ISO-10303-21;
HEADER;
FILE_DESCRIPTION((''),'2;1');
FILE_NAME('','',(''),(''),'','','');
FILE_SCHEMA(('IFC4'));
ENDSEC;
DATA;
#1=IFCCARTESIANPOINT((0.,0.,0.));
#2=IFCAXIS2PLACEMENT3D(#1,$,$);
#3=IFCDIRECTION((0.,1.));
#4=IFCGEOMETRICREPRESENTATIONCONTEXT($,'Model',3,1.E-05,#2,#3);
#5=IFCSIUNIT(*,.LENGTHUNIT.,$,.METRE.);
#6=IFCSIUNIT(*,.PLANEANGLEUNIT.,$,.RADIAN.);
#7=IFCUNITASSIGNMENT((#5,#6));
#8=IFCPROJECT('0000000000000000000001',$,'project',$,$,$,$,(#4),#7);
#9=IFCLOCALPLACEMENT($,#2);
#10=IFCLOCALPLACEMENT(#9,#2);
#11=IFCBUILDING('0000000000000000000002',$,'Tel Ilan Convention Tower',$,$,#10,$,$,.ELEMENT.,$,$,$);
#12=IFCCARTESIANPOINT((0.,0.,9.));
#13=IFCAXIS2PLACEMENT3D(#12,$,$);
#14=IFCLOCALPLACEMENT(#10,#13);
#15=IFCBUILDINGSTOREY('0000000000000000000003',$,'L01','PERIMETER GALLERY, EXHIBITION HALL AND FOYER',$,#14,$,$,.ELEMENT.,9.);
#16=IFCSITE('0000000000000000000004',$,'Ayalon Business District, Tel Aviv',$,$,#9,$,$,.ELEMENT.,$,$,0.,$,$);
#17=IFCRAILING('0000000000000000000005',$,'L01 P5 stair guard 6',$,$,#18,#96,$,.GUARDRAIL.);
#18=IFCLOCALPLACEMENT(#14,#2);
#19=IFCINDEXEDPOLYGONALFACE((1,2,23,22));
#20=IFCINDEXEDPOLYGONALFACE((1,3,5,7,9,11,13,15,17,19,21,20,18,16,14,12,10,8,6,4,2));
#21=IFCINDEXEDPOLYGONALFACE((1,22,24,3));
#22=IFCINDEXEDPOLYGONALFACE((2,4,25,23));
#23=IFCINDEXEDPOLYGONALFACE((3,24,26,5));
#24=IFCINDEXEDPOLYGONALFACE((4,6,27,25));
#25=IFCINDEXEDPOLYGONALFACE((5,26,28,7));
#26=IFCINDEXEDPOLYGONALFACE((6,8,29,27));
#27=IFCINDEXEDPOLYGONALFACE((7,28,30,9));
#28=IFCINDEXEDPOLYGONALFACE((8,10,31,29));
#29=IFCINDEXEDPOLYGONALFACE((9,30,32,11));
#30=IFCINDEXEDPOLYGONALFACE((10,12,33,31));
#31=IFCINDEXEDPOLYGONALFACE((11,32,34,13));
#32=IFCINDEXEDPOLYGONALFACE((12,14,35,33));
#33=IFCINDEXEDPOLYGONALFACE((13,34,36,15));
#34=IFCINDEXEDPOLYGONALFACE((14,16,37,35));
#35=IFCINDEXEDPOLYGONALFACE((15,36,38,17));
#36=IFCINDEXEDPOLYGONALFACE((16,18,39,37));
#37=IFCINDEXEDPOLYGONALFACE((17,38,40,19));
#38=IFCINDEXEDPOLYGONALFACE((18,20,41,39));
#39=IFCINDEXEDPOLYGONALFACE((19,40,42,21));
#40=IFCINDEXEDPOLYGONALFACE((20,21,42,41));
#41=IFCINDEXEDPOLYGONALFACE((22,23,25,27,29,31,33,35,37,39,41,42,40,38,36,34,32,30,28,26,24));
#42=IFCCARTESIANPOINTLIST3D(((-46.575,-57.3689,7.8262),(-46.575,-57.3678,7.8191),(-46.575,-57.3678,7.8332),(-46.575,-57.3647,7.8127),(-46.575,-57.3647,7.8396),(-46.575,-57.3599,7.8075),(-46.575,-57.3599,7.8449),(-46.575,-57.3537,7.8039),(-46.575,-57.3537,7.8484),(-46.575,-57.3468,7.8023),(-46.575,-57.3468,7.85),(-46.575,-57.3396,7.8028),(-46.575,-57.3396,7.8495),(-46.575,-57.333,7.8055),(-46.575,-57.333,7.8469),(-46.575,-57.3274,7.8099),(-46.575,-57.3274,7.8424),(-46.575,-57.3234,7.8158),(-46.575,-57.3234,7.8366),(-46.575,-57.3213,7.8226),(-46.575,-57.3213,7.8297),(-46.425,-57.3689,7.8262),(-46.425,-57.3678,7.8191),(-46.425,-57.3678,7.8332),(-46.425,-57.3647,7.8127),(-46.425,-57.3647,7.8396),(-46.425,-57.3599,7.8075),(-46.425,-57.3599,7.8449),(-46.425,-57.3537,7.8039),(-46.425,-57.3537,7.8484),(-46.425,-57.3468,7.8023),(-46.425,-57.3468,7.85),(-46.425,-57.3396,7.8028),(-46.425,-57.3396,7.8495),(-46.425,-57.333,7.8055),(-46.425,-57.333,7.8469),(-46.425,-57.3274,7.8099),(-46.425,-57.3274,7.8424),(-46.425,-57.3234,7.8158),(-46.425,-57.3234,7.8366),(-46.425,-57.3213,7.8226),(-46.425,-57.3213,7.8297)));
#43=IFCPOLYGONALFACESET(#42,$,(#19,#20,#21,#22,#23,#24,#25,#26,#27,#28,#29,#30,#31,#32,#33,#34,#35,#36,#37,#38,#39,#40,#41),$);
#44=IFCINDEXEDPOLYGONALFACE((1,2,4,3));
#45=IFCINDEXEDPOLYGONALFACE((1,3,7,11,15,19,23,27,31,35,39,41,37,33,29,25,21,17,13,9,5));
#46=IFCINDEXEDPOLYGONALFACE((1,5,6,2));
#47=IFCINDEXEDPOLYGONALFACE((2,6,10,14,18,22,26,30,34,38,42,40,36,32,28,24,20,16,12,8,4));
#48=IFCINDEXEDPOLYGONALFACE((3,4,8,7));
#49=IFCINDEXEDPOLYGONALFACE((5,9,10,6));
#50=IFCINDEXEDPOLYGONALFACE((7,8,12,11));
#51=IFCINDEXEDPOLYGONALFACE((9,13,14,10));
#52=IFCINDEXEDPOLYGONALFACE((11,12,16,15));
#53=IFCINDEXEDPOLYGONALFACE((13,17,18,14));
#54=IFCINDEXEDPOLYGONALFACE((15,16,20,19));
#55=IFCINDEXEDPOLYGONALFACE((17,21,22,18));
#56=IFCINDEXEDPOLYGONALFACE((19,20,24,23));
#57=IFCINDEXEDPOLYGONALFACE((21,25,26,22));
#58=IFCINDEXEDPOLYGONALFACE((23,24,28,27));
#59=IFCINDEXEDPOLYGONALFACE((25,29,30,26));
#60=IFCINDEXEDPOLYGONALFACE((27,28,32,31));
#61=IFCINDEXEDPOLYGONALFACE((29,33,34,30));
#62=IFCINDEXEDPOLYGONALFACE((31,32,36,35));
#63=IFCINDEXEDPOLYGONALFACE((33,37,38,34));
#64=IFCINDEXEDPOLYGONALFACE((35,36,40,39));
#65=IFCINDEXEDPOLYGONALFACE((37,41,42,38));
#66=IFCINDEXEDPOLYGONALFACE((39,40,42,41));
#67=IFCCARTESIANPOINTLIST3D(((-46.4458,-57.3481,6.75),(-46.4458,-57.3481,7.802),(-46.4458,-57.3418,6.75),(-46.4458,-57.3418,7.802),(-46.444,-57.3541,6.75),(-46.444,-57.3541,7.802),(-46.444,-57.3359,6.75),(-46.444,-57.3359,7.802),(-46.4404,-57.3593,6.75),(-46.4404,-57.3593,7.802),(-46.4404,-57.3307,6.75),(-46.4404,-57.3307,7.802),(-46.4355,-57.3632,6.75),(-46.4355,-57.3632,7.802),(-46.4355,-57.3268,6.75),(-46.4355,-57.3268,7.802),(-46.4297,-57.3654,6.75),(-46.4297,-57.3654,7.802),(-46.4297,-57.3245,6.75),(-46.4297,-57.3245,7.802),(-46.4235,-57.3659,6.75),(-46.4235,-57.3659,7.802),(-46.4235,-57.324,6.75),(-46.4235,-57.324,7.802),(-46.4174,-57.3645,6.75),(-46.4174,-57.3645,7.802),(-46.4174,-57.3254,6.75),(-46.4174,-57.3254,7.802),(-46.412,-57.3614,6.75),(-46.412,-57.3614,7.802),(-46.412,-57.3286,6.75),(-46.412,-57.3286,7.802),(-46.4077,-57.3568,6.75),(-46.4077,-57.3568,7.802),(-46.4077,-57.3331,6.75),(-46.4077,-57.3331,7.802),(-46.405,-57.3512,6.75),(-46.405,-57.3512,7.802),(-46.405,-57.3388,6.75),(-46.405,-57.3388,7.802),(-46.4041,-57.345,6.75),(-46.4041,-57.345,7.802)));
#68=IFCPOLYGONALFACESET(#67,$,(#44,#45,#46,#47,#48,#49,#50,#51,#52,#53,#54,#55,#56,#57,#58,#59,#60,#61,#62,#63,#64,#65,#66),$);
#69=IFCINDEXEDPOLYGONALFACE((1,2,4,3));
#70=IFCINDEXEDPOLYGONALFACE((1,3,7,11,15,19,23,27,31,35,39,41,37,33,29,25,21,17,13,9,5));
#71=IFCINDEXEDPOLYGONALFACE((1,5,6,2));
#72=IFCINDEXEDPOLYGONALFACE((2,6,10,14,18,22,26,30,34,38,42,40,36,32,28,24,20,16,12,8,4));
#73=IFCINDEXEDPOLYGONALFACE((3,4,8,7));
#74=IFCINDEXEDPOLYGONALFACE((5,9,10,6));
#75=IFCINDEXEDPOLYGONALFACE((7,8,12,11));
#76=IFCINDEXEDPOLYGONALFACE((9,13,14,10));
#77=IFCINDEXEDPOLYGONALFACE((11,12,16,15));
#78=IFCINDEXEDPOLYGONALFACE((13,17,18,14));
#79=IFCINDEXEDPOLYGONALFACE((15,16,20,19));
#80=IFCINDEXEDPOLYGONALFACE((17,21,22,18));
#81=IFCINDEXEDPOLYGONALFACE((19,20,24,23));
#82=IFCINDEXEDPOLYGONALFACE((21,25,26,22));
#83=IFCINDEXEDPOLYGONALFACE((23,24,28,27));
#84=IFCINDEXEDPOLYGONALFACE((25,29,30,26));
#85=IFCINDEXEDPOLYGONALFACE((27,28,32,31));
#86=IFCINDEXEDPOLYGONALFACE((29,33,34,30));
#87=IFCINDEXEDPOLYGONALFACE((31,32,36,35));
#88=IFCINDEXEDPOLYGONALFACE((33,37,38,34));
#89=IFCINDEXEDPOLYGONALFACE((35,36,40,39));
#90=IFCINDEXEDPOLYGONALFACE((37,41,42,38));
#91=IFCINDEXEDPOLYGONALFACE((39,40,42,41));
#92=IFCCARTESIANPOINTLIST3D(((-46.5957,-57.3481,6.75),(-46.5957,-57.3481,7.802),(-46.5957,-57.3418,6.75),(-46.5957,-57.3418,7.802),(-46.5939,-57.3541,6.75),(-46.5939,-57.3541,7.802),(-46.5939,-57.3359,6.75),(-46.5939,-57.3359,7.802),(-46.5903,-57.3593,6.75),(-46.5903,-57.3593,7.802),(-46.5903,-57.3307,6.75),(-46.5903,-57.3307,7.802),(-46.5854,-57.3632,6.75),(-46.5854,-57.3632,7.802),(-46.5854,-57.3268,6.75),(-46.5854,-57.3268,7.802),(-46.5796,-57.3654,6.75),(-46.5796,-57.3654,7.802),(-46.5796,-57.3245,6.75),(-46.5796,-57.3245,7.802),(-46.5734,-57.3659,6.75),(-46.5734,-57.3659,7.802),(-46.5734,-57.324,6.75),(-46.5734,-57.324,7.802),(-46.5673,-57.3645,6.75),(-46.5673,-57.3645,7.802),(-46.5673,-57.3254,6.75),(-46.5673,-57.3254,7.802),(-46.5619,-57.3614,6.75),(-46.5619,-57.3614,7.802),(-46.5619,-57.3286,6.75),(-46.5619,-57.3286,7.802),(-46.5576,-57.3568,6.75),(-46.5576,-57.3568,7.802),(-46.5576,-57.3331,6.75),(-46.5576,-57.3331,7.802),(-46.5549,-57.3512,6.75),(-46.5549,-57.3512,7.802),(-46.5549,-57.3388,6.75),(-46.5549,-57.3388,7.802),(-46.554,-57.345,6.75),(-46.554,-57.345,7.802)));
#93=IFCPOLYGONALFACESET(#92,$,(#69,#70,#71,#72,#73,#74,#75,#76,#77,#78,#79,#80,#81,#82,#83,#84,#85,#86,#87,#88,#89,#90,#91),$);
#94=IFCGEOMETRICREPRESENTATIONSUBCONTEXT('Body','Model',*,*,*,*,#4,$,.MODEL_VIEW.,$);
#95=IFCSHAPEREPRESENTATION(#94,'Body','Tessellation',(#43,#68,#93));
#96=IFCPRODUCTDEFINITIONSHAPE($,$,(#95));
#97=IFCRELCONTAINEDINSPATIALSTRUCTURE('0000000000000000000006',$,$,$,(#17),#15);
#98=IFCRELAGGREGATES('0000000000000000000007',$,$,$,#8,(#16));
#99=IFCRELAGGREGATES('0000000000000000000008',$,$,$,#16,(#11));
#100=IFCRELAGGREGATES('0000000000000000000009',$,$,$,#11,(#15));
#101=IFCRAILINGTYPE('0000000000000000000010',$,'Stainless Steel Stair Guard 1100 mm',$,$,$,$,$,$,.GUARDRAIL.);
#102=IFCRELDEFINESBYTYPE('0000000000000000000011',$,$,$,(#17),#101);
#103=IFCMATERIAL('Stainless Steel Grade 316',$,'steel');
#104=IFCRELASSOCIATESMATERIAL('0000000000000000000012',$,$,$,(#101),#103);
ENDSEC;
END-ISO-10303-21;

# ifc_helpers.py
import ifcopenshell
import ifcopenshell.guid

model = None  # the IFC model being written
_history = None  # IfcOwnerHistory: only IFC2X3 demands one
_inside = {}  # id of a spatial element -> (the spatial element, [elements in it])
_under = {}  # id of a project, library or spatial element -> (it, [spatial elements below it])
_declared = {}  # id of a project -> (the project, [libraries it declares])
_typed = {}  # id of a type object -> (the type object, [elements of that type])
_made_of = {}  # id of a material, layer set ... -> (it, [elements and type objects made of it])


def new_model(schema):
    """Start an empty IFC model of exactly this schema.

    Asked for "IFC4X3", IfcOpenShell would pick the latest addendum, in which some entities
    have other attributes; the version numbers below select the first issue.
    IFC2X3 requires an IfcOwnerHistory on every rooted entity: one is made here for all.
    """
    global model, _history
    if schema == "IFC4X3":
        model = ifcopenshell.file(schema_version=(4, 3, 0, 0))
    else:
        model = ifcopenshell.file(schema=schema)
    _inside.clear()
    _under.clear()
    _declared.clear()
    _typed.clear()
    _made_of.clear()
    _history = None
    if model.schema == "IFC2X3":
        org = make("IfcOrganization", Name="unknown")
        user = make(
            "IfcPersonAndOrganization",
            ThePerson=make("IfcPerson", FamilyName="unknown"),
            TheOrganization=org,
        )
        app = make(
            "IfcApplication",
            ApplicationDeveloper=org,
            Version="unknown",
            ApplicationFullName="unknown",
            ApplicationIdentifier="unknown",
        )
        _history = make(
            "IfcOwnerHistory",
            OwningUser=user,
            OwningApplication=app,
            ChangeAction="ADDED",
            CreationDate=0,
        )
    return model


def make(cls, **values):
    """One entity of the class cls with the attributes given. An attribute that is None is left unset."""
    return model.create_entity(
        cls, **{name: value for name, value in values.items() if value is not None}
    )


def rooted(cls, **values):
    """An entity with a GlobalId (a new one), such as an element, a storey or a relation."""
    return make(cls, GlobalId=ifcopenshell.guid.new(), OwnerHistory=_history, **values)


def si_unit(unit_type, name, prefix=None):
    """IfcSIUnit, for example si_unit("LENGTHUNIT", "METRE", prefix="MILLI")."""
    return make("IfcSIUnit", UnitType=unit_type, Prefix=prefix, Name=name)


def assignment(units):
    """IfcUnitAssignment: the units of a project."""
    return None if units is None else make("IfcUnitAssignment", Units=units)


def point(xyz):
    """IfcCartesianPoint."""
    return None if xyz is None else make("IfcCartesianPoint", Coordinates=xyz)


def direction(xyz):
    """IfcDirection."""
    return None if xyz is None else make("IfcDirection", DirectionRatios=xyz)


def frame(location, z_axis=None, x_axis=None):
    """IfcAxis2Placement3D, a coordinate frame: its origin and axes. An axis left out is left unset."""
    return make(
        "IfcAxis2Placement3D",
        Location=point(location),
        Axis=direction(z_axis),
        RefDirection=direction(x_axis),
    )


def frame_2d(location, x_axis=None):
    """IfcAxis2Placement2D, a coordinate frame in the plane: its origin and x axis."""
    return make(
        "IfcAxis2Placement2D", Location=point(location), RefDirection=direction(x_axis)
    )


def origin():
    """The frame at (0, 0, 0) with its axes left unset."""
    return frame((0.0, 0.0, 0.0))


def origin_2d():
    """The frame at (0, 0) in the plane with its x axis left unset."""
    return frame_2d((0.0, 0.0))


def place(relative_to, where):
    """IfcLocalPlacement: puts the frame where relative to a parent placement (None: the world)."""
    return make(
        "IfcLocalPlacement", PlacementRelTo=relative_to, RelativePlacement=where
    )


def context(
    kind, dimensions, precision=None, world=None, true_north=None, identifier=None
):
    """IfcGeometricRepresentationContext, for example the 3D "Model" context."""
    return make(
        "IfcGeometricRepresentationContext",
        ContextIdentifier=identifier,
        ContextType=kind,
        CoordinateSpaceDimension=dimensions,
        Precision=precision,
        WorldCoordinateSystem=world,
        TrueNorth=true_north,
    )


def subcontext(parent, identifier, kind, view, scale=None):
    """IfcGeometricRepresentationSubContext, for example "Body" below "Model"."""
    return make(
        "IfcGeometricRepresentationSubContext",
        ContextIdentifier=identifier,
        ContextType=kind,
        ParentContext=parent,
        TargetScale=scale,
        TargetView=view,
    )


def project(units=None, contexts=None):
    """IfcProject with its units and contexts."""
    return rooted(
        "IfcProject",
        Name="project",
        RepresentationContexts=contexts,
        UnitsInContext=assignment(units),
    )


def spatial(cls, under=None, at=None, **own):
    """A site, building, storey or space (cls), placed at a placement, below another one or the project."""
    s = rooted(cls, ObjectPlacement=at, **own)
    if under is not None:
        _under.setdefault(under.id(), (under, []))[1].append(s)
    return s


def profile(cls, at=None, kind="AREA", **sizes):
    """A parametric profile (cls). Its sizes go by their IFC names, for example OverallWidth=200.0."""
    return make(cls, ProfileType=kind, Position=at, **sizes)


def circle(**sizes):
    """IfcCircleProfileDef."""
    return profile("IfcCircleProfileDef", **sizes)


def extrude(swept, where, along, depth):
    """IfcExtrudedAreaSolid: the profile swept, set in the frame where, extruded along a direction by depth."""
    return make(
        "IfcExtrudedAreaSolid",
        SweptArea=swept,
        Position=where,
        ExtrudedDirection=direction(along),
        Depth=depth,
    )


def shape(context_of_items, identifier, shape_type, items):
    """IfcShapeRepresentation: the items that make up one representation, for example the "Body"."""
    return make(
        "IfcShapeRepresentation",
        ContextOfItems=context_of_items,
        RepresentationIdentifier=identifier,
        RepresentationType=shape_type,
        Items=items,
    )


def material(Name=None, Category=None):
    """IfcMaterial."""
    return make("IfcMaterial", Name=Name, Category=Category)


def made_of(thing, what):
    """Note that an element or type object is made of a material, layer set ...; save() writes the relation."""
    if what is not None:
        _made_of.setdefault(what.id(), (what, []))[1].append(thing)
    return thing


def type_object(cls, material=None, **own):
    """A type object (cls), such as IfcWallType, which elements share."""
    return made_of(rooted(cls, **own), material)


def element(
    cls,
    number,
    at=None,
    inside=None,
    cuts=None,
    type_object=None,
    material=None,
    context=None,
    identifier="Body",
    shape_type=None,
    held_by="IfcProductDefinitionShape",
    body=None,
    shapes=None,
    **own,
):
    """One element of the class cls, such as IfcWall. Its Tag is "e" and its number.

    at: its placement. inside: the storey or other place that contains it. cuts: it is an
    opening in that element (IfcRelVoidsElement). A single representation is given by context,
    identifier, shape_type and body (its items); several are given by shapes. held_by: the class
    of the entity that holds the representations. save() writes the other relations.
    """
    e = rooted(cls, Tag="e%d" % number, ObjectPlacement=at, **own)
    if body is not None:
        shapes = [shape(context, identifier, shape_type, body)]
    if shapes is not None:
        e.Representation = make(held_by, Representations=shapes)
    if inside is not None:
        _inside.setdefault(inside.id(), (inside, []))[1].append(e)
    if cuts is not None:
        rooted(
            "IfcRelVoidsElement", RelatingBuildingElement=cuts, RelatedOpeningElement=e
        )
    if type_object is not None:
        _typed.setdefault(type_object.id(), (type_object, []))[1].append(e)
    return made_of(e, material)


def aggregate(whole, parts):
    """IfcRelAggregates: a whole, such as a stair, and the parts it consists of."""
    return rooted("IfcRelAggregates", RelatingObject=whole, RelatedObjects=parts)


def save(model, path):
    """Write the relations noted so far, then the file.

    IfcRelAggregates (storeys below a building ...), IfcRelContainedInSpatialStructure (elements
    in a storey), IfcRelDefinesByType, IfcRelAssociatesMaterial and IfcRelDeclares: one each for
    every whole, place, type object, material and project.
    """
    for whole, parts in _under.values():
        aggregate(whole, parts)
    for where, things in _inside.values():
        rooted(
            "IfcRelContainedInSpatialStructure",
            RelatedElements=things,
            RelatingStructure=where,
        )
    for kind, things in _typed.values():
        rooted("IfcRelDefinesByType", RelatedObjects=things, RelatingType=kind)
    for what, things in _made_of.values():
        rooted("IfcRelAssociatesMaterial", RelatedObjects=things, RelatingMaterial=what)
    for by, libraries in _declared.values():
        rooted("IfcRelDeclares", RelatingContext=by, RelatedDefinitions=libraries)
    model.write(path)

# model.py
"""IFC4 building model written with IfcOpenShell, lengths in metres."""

from ifc_helpers import new_model, si_unit, direction, frame, origin, origin_2d, place, context, subcontext, project, spatial, circle, extrude, material, type_object, element, save


model = new_model("IFC4")

# Units and contexts
model_context = context("Model", 3, precision=1e-05, world=origin(), true_north=direction((0.0, 1.0)))
body_context = subcontext(model_context, "Body", "Model", "MODEL_VIEW")
ifc_project = project(units=[si_unit("LENGTHUNIT", "METRE"), si_unit("PLANEANGLEUNIT", "RADIAN")], contexts=[model_context])

# Site, building, storey
site_placement = place(None, origin())
site = spatial("IfcSite", under=ifc_project, at=site_placement, Name="Ayalon Business District, Tel Aviv", CompositionType="ELEMENT", RefElevation=0.0)
building_placement = place(site_placement, origin())
building = spatial("IfcBuilding", under=site, at=building_placement, Name="Tel Ilan Convention Tower", CompositionType="ELEMENT")
storey_placement = place(building_placement, frame((0.0, 0.0, 9.0)))
storey = spatial("IfcBuildingStorey", under=building, at=storey_placement, Name="L01", Description="PERIMETER GALLERY, EXHIBITION HALL AND FOYER", CompositionType="ELEMENT", Elevation=9.0)

# Railing
ifc_material_1 = material(Name="Stainless Steel Grade 316", Category="steel")
railing_type_1 = type_object("IfcRailingType", Name="Stainless Steel Stair Guard 1100 mm", PredefinedType="GUARDRAIL", material=ifc_material_1)
railing_1_placement = place(storey_placement, frame((-46.425, -57.345, 6.75)))
element("IfcRailing", 1, at=railing_1_placement, inside=storey, type_object=railing_type_1, Name="L01 P5 stair guard 6", PredefinedType="GUARDRAIL", context=body_context, shape_type="SweptSolid", body=[
    extrude(circle(Radius=0.0239, at=origin_2d()), frame((0.0, 0.0, 1.0762), z_axis=(-1.0, 0.0, 0.0), x_axis=(0.0, -1.0, 0.0)), (0.0, 0.0, 1.0), 0.1499),
    extrude(circle(Radius=0.021, at=origin_2d()), origin(), (0.0, 0.0, 1.0), 1.052),
    extrude(circle(Radius=0.021, at=origin_2d()), frame((-0.1499, 0.0, 0.0)), (0.0, 0.0, 1.0), 1.052),
])

save(model, "model.ifc")
